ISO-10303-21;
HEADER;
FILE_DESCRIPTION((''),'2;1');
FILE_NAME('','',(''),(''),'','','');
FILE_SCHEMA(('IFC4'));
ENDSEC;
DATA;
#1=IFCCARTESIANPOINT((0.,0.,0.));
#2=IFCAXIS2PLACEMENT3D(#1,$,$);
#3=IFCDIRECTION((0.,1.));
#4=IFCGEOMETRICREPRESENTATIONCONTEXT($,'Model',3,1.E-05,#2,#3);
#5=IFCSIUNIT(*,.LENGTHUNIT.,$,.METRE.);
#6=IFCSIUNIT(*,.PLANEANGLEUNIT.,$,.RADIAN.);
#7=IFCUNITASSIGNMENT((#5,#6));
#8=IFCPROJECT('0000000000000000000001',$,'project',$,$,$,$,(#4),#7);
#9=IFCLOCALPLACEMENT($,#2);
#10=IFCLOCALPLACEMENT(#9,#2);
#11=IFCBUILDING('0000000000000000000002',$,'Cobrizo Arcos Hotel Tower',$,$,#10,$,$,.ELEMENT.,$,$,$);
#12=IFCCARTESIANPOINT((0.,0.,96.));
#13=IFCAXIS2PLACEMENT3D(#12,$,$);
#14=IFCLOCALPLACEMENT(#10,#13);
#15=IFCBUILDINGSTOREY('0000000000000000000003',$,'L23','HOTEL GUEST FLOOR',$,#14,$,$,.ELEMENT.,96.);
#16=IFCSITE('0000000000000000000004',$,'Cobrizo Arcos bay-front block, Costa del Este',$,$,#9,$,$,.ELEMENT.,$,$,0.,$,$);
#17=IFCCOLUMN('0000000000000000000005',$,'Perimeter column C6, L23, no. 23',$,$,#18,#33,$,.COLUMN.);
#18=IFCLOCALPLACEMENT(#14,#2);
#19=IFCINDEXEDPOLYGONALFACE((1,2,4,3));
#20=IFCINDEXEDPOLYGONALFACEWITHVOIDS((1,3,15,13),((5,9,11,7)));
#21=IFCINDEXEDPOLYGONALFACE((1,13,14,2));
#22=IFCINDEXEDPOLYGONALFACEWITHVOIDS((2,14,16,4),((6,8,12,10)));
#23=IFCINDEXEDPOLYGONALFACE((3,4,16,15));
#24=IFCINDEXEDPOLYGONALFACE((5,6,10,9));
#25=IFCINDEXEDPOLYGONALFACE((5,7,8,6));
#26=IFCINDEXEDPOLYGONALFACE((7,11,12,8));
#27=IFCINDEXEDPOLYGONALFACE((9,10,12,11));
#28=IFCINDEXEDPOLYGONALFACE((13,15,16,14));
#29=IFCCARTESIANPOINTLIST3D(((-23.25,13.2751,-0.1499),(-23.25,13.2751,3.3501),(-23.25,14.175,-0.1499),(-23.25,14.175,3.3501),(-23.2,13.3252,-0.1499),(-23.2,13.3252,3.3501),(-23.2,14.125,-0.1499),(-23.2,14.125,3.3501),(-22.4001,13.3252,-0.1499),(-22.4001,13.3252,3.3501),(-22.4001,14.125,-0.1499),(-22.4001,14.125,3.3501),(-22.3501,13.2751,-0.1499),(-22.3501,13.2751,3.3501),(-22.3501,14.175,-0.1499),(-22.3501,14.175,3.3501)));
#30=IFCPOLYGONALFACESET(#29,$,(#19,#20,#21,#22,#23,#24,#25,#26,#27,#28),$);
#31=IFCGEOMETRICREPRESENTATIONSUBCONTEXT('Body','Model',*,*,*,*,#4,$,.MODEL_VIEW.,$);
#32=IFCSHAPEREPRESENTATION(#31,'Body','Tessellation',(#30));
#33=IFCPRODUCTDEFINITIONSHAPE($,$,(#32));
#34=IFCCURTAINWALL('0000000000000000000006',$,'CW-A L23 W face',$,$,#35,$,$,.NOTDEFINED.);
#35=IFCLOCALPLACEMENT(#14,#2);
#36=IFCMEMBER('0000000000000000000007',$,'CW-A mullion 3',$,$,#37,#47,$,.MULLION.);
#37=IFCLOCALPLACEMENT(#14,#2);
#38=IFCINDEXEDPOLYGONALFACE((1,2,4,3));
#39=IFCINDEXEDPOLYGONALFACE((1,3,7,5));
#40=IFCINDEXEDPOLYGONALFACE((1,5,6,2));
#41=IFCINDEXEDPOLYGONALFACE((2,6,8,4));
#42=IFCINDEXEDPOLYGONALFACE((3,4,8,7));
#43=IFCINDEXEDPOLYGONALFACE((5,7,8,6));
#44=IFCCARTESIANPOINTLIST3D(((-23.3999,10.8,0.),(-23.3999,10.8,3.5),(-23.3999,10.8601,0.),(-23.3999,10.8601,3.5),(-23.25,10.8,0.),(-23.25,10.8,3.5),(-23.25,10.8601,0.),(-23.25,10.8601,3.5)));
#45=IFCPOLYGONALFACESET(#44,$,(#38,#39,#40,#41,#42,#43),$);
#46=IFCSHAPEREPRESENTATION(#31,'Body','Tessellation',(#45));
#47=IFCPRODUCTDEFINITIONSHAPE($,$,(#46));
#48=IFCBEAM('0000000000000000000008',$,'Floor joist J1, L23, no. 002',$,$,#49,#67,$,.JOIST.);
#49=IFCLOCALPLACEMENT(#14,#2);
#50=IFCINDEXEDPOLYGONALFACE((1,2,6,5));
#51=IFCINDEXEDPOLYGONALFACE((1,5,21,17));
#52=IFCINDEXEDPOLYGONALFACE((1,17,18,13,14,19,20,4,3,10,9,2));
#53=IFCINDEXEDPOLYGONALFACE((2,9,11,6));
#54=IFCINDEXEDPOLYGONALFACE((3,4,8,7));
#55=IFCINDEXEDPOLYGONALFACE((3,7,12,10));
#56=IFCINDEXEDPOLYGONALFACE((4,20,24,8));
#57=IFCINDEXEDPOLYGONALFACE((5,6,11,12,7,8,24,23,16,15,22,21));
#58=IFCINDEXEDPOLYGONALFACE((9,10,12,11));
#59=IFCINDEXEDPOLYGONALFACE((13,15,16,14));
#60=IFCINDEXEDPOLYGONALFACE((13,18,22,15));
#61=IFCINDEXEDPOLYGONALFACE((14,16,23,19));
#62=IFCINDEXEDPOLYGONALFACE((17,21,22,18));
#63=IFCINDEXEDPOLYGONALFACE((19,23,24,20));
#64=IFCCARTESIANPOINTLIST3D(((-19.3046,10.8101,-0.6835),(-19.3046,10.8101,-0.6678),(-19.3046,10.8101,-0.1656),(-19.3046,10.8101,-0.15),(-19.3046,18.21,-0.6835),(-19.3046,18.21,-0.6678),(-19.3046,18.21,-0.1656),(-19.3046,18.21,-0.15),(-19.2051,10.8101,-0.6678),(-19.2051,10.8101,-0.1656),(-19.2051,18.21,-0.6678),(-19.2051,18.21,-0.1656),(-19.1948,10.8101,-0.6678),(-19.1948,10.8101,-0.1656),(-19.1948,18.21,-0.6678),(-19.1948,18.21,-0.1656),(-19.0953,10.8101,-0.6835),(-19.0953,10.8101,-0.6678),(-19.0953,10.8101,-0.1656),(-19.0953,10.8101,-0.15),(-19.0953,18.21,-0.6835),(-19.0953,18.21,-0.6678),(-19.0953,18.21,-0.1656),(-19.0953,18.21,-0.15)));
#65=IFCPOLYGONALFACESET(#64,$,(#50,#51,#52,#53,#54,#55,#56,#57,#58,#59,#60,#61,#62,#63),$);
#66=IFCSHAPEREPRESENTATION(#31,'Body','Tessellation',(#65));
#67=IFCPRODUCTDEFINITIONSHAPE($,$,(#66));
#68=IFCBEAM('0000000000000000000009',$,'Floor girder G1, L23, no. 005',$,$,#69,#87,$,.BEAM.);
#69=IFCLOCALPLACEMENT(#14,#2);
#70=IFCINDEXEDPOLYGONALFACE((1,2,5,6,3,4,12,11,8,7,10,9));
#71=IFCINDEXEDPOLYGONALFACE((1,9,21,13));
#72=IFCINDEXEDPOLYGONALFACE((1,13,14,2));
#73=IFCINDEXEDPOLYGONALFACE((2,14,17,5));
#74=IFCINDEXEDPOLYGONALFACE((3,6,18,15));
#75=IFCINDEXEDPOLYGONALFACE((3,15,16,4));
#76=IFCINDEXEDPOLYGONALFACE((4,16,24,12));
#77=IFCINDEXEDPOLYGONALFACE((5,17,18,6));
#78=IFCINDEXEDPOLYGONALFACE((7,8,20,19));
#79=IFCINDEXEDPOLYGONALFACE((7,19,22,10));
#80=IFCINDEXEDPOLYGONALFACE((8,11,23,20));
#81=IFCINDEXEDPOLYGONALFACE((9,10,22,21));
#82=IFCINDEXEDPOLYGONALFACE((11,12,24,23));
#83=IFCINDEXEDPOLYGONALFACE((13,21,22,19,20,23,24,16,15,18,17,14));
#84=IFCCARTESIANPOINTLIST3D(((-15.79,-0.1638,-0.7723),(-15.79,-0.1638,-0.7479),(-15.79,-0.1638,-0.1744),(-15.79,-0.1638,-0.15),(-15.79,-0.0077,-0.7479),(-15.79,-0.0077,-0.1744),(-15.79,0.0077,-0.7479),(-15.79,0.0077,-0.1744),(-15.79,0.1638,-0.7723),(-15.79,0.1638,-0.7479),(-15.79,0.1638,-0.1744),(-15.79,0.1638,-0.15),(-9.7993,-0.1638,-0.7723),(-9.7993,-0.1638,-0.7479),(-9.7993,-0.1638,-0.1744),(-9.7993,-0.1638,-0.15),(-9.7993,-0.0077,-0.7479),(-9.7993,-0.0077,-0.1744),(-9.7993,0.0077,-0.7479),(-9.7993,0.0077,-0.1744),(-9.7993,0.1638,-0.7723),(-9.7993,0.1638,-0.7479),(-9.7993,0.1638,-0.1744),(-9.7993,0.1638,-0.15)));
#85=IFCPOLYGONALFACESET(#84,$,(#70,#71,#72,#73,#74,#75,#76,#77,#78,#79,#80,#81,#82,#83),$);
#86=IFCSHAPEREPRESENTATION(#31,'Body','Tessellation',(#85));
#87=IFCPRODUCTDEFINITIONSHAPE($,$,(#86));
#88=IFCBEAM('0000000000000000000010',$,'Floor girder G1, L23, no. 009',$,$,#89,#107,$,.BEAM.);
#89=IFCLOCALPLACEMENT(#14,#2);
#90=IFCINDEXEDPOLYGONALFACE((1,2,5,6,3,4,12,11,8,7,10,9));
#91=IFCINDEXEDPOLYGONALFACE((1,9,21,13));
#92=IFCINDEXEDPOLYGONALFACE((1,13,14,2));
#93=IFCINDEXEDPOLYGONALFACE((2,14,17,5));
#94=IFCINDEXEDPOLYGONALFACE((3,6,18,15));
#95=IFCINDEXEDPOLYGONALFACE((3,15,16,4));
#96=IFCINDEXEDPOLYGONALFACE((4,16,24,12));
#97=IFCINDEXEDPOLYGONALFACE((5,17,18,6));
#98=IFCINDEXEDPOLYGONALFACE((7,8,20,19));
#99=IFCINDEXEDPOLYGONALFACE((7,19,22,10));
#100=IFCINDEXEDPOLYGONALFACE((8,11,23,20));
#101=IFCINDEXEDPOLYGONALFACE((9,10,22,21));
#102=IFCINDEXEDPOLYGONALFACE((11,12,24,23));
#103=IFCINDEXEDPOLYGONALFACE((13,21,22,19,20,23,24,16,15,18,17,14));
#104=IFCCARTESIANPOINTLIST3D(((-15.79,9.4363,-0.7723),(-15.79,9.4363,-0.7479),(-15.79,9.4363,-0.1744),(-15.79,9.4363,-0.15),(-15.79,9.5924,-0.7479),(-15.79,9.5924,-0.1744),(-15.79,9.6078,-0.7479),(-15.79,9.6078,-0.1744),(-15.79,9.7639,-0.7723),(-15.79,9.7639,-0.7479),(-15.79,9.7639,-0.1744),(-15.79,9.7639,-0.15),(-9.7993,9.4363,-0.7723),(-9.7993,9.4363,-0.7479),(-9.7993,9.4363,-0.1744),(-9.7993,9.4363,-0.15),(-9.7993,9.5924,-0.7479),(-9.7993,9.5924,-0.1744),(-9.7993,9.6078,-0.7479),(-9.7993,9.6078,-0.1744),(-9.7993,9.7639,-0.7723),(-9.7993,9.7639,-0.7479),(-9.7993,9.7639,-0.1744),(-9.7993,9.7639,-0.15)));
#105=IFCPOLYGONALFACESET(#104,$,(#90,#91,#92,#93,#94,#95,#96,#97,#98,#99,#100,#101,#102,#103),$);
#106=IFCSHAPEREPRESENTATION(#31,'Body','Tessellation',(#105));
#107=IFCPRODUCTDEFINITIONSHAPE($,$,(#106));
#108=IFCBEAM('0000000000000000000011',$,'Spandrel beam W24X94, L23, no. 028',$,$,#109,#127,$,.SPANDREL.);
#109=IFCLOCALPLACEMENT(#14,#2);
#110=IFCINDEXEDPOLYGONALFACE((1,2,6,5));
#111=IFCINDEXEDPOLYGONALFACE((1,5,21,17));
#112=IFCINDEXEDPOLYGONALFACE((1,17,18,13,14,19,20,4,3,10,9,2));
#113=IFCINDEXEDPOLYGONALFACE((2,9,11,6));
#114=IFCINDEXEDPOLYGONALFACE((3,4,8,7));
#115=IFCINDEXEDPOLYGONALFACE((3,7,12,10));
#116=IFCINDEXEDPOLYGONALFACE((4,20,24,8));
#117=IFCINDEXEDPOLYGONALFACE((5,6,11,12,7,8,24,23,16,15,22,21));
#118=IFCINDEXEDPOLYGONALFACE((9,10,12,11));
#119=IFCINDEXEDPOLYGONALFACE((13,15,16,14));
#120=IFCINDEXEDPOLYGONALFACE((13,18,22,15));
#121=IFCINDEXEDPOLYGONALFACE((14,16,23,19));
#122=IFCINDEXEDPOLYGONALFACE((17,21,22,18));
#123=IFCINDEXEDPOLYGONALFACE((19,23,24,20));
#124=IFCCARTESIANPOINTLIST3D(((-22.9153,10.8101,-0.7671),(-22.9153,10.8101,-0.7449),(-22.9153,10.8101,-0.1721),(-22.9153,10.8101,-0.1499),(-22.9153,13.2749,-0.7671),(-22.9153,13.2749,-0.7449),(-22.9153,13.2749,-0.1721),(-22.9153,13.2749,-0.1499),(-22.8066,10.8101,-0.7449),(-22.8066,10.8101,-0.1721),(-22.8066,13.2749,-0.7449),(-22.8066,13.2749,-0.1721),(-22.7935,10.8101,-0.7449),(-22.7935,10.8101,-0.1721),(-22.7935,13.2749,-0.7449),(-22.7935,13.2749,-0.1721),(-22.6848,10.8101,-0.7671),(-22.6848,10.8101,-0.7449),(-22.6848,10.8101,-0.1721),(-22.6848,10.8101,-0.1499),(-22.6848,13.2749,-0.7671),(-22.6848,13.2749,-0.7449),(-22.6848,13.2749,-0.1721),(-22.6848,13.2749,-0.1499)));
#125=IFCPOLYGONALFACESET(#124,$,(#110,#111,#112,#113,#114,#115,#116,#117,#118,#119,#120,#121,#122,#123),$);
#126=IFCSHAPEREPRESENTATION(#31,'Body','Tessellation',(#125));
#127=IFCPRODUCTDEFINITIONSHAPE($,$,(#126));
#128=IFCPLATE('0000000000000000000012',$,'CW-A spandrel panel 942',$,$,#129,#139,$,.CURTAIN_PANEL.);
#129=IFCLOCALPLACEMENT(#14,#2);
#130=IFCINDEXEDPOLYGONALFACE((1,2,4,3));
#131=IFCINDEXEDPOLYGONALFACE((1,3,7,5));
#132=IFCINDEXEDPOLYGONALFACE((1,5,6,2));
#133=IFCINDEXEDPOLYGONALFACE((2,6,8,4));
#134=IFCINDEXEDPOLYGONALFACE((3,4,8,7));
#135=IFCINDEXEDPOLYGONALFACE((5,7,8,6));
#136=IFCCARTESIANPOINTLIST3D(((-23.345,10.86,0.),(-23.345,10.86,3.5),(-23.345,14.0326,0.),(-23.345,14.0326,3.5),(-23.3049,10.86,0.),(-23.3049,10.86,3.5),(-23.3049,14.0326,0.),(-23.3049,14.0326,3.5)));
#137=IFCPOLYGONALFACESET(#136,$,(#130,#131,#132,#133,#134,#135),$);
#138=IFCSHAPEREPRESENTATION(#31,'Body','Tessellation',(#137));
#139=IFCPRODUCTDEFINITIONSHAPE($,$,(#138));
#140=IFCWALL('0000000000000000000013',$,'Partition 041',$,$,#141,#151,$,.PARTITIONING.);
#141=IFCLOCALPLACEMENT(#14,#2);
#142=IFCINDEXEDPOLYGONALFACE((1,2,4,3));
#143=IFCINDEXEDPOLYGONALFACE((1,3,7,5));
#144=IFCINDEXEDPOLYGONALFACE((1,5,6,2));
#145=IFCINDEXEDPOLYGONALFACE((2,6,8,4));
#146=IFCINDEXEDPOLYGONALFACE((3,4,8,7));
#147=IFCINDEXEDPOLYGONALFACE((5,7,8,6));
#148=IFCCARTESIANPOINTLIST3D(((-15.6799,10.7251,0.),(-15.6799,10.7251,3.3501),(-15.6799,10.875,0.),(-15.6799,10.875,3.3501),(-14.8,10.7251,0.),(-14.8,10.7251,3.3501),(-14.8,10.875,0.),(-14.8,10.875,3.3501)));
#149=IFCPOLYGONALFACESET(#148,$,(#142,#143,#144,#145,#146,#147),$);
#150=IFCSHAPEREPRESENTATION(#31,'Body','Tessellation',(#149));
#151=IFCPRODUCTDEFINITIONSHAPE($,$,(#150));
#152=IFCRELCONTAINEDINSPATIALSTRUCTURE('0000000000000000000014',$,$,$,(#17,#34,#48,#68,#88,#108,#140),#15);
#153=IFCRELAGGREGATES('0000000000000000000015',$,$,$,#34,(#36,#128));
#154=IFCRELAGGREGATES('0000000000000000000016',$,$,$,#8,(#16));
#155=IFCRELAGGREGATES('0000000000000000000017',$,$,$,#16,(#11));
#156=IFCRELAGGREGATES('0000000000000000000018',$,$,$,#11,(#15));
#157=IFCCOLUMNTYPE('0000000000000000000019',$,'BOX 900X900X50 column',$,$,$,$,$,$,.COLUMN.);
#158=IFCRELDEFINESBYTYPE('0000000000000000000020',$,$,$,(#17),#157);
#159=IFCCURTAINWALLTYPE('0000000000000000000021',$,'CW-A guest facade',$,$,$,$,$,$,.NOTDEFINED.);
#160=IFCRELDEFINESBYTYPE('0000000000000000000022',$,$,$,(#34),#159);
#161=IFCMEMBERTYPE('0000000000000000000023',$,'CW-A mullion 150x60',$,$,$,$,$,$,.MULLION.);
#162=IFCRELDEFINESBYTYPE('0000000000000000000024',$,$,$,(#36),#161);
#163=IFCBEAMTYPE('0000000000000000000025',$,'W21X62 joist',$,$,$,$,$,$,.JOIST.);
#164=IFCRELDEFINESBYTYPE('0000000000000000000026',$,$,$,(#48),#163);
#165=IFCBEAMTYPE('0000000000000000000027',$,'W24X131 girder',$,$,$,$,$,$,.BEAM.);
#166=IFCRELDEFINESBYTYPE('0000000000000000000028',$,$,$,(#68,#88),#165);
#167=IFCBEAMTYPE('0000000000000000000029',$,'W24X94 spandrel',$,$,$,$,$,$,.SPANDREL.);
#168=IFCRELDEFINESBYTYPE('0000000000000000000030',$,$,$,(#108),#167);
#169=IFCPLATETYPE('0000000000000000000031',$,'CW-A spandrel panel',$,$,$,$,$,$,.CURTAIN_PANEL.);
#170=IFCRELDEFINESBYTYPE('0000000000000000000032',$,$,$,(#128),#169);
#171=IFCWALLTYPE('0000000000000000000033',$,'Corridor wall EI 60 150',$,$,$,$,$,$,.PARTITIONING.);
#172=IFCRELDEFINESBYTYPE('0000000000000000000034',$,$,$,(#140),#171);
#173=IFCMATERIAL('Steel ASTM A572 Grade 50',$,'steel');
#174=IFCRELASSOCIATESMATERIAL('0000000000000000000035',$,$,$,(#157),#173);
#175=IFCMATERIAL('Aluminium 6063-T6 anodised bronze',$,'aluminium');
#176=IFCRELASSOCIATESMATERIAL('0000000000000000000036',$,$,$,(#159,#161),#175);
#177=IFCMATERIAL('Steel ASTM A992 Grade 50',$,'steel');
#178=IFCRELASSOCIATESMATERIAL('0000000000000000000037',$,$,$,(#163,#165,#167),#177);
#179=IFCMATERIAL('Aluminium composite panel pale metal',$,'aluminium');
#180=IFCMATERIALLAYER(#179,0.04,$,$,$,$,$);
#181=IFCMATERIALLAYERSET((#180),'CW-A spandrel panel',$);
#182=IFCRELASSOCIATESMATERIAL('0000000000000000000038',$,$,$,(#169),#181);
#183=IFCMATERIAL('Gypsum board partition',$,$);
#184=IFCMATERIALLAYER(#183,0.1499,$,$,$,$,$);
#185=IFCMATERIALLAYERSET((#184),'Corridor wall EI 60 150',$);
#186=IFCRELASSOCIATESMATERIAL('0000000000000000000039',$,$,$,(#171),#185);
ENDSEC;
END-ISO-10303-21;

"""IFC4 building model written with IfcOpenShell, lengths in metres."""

from ifc_helpers import new_model, si_unit, direction, frame, frame_2d, origin, origin_2d, place, context, subcontext, project, spatial, rectangle, hollow_rectangle, i_section, extrude, material, layer, layer_set, material_profile, profile_set, type_object, element, aggregate, save


model = new_model("IFC4")

# Units and contexts
model_context = context("Model", 3, precision=1e-05, world=origin(), true_north=direction((0.0, 1.0)))
body_context = subcontext(model_context, "Body", "Model", "MODEL_VIEW")
ifc_project = project(units=[si_unit("LENGTHUNIT", "METRE"), si_unit("PLANEANGLEUNIT", "RADIAN")], contexts=[model_context])

# Site, building, storey
site_placement = place(None, origin())
site = spatial("IfcSite", under=ifc_project, at=site_placement, Name="Cobrizo Arcos bay-front block, Costa del Este", CompositionType="ELEMENT", RefElevation=0.0)
building_placement = place(site_placement, origin())
building = spatial("IfcBuilding", under=site, at=building_placement, Name="Cobrizo Arcos Hotel Tower", CompositionType="ELEMENT")
storey_placement = place(building_placement, frame((0.0, 0.0, 96.0)))
storey = spatial("IfcBuildingStorey", under=building, at=storey_placement, Name="L23", Description="HOTEL GUEST FLOOR", CompositionType="ELEMENT", Elevation=96.0)

# Column
ifc_material_1 = material(Name="Steel ASTM A572 Grade 50", Category="steel")
ifc_material_profile_1 = material_profile(ifc_material_1, hollow_rectangle(XDim=0.8999, YDim=0.8999, WallThickness=0.05, at=origin_2d()), Name="BOX 900X900X50")
ifc_profile_set_1 = profile_set([ifc_material_profile_1], Name="Steel ASTM A572 Grade 50")
column_type = type_object("IfcColumnType", Name="BOX 900X900X50 column", PredefinedType="COLUMN", material=ifc_profile_set_1)
column_placement = place(storey_placement, frame((-22.8, 13.7251, -0.1499), z_axis=(0.0, 0.0, 1.0), x_axis=(1.0, 0.0, 0.0)))
element("IfcColumn", 1, at=column_placement, inside=storey, type_object=column_type, Name="Perimeter column C6, L23, no. 23", PredefinedType="COLUMN", context=body_context, shape_type="SweptSolid", body=[
    extrude(hollow_rectangle(XDim=0.8999, YDim=0.8999, WallThickness=0.05, at=origin_2d()), origin(), (0.0, 0.0, 1.0), 3.5),
])

# Curtain wall, member
ifc_material_2 = material(Name="Aluminium 6063-T6 anodised bronze", Category="aluminium")
curtain_wall_type = type_object("IfcCurtainWallType", Name="CW-A guest facade", PredefinedType="NOTDEFINED", material=ifc_material_2)
curtain_wall_placement = place(storey_placement, origin())
curtain_wall = element("IfcCurtainWall", 2, at=curtain_wall_placement, inside=storey, type_object=curtain_wall_type, Name="CW-A L23 W face", PredefinedType="NOTDEFINED")
ifc_material_profile_2 = material_profile(ifc_material_2, rectangle(XDim=0.1499, YDim=0.0601, at=origin_2d()), Name="CW-A mullion 150x60")
ifc_profile_set_2 = profile_set([ifc_material_profile_2], Name="Aluminium 6063-T6 anodised bronze")
member_type = type_object("IfcMemberType", Name="CW-A mullion 150x60", PredefinedType="MULLION", material=ifc_profile_set_2)
member_placement = place(storey_placement, frame((-23.325, 10.8301, 0.0), z_axis=(0.0, 0.0, 1.0), x_axis=(-1.0, 0.0, 0.0)))
member = element("IfcMember", 3, at=member_placement, type_object=member_type, Name="CW-A mullion 3", PredefinedType="MULLION", context=body_context, shape_type="SweptSolid", body=[
    extrude(rectangle(XDim=0.1499, YDim=0.0601, at=origin_2d()), origin(), (0.0, 0.0, 1.0), 3.5),
])

# Beams
ifc_material_3 = material(Name="Steel ASTM A992 Grade 50", Category="steel")
ifc_material_profile_3 = material_profile(ifc_material_3, i_section(OverallWidth=0.2092, OverallDepth=0.5334, WebThickness=0.0103, FlangeThickness=0.0156, at=origin_2d()), Name="W21X62")
ifc_profile_set_3 = profile_set([ifc_material_profile_3], Name="Steel ASTM A992 Grade 50")
beam_type_1 = type_object("IfcBeamType", Name="W21X62 joist", PredefinedType="JOIST", material=ifc_profile_set_3)
beam_1_placement = place(storey_placement, frame((-19.2, 10.8101, -0.4167), z_axis=(0.0, 1.0, 0.0), x_axis=(-1.0, 0.0, 0.0)))
element("IfcBeam", 4, at=beam_1_placement, inside=storey, type_object=beam_type_1, Name="Floor joist J1, L23, no. 002", PredefinedType="JOIST", context=body_context, shape_type="SweptSolid", body=[
    extrude(i_section(OverallWidth=0.2092, OverallDepth=0.5334, WebThickness=0.0103, FlangeThickness=0.0156, at=origin_2d()), origin(), (0.0, 0.0, 1.0), 7.3999),
])
ifc_material_profile_4 = material_profile(ifc_material_3, i_section(OverallWidth=0.3276, OverallDepth=0.6223, WebThickness=0.0154, FlangeThickness=0.0244, at=origin_2d()), Name="W24X131")
ifc_profile_set_4 = profile_set([ifc_material_profile_4], Name="Steel ASTM A992 Grade 50")
beam_type_2 = type_object("IfcBeamType", Name="W24X131 girder", PredefinedType="BEAM", material=ifc_profile_set_4)
for number, where, z_axis, x_axis, name in (
    (5, (-15.79, 0.0, -0.4612), (1.0, 0.0, 0.0), (0.0, 1.0, 0.0), "Floor girder G1, L23, no. 005"),
    (6, (-15.79, 9.6001, -0.4612), (1.0, 0.0, 0.0), (0.0, 1.0, 0.0), "Floor girder G1, L23, no. 009"),
):
    element("IfcBeam", number, at=place(storey_placement, frame(where, z_axis=z_axis, x_axis=x_axis)), inside=storey, type_object=beam_type_2, Name=name, PredefinedType="BEAM", context=body_context, shape_type="SweptSolid", body=[
        extrude(i_section(OverallWidth=0.3276, OverallDepth=0.6223, WebThickness=0.0154, FlangeThickness=0.0244, at=origin_2d()), origin(), (0.0, 0.0, 1.0), 5.9907),
    ])
ifc_material_profile_5 = material_profile(ifc_material_3, i_section(OverallWidth=0.2305, OverallDepth=0.6172, WebThickness=0.0132, FlangeThickness=0.0222, at=origin_2d()), Name="W24X94")
ifc_profile_set_5 = profile_set([ifc_material_profile_5], Name="Steel ASTM A992 Grade 50")
beam_type_3 = type_object("IfcBeamType", Name="W24X94 spandrel", PredefinedType="SPANDREL", material=ifc_profile_set_5)
beam_2_placement = place(storey_placement, frame((-22.8, 13.2749, -0.4585), z_axis=(0.0, -1.0, 0.0), x_axis=(1.0, 0.0, 0.0)))
element("IfcBeam", 7, at=beam_2_placement, inside=storey, type_object=beam_type_3, Name="Spandrel beam W24X94, L23, no. 028", PredefinedType="SPANDREL", context=body_context, shape_type="SweptSolid", body=[
    extrude(i_section(OverallWidth=0.2305, OverallDepth=0.6172, WebThickness=0.0132, FlangeThickness=0.0222, at=origin_2d()), origin(), (0.0, 0.0, 1.0), 2.4648),
])

# Plate
ifc_material_4 = material(Name="Aluminium composite panel pale metal", Category="aluminium")
ifc_layer_1 = layer(ifc_material_4, 0.04)
ifc_layer_set_1 = layer_set([ifc_layer_1], Name="CW-A spandrel panel")
plate_type = type_object("IfcPlateType", Name="CW-A spandrel panel", PredefinedType="CURTAIN_PANEL", material=ifc_layer_set_1)
plate_placement = place(storey_placement, frame((-23.325, 12.4463, 0.0), z_axis=(0.0, 0.0, 1.0), x_axis=(0.0, -1.0, 0.0)))
plate = element("IfcPlate", 8, at=plate_placement, type_object=plate_type, Name="CW-A spandrel panel 942", PredefinedType="CURTAIN_PANEL", context=body_context, shape_type="SweptSolid", body=[
    extrude(rectangle(XDim=3.1726, YDim=0.04, at=origin_2d()), origin(), (0.0, 0.0, 1.0), 3.5),
])
aggregate(curtain_wall, [member, plate])

# Wall
ifc_material_5 = material(Name="Gypsum board partition")
ifc_layer_2 = layer(ifc_material_5, 0.1499)
ifc_layer_set_2 = layer_set([ifc_layer_2], Name="Corridor wall EI 60 150")
wall_type_1 = type_object("IfcWallType", Name="Corridor wall EI 60 150", PredefinedType="PARTITIONING", material=ifc_layer_set_2)
wall_1_placement = place(storey_placement, frame((-15.6799, 10.8, 0.0), z_axis=(0.0, 0.0, 1.0), x_axis=(1.0, 0.0, 0.0)))
element("IfcWall", 9, at=wall_1_placement, inside=storey, type_object=wall_type_1, Name="Partition 041", PredefinedType="PARTITIONING", context=body_context, shape_type="SweptSolid", body=[
    extrude(rectangle(XDim=0.8799, YDim=0.1499, at=frame_2d((0.4399, 0.0))), origin(), (0.0, 0.0, 1.0), 3.3501),
])

save(model, "model.ifc")
